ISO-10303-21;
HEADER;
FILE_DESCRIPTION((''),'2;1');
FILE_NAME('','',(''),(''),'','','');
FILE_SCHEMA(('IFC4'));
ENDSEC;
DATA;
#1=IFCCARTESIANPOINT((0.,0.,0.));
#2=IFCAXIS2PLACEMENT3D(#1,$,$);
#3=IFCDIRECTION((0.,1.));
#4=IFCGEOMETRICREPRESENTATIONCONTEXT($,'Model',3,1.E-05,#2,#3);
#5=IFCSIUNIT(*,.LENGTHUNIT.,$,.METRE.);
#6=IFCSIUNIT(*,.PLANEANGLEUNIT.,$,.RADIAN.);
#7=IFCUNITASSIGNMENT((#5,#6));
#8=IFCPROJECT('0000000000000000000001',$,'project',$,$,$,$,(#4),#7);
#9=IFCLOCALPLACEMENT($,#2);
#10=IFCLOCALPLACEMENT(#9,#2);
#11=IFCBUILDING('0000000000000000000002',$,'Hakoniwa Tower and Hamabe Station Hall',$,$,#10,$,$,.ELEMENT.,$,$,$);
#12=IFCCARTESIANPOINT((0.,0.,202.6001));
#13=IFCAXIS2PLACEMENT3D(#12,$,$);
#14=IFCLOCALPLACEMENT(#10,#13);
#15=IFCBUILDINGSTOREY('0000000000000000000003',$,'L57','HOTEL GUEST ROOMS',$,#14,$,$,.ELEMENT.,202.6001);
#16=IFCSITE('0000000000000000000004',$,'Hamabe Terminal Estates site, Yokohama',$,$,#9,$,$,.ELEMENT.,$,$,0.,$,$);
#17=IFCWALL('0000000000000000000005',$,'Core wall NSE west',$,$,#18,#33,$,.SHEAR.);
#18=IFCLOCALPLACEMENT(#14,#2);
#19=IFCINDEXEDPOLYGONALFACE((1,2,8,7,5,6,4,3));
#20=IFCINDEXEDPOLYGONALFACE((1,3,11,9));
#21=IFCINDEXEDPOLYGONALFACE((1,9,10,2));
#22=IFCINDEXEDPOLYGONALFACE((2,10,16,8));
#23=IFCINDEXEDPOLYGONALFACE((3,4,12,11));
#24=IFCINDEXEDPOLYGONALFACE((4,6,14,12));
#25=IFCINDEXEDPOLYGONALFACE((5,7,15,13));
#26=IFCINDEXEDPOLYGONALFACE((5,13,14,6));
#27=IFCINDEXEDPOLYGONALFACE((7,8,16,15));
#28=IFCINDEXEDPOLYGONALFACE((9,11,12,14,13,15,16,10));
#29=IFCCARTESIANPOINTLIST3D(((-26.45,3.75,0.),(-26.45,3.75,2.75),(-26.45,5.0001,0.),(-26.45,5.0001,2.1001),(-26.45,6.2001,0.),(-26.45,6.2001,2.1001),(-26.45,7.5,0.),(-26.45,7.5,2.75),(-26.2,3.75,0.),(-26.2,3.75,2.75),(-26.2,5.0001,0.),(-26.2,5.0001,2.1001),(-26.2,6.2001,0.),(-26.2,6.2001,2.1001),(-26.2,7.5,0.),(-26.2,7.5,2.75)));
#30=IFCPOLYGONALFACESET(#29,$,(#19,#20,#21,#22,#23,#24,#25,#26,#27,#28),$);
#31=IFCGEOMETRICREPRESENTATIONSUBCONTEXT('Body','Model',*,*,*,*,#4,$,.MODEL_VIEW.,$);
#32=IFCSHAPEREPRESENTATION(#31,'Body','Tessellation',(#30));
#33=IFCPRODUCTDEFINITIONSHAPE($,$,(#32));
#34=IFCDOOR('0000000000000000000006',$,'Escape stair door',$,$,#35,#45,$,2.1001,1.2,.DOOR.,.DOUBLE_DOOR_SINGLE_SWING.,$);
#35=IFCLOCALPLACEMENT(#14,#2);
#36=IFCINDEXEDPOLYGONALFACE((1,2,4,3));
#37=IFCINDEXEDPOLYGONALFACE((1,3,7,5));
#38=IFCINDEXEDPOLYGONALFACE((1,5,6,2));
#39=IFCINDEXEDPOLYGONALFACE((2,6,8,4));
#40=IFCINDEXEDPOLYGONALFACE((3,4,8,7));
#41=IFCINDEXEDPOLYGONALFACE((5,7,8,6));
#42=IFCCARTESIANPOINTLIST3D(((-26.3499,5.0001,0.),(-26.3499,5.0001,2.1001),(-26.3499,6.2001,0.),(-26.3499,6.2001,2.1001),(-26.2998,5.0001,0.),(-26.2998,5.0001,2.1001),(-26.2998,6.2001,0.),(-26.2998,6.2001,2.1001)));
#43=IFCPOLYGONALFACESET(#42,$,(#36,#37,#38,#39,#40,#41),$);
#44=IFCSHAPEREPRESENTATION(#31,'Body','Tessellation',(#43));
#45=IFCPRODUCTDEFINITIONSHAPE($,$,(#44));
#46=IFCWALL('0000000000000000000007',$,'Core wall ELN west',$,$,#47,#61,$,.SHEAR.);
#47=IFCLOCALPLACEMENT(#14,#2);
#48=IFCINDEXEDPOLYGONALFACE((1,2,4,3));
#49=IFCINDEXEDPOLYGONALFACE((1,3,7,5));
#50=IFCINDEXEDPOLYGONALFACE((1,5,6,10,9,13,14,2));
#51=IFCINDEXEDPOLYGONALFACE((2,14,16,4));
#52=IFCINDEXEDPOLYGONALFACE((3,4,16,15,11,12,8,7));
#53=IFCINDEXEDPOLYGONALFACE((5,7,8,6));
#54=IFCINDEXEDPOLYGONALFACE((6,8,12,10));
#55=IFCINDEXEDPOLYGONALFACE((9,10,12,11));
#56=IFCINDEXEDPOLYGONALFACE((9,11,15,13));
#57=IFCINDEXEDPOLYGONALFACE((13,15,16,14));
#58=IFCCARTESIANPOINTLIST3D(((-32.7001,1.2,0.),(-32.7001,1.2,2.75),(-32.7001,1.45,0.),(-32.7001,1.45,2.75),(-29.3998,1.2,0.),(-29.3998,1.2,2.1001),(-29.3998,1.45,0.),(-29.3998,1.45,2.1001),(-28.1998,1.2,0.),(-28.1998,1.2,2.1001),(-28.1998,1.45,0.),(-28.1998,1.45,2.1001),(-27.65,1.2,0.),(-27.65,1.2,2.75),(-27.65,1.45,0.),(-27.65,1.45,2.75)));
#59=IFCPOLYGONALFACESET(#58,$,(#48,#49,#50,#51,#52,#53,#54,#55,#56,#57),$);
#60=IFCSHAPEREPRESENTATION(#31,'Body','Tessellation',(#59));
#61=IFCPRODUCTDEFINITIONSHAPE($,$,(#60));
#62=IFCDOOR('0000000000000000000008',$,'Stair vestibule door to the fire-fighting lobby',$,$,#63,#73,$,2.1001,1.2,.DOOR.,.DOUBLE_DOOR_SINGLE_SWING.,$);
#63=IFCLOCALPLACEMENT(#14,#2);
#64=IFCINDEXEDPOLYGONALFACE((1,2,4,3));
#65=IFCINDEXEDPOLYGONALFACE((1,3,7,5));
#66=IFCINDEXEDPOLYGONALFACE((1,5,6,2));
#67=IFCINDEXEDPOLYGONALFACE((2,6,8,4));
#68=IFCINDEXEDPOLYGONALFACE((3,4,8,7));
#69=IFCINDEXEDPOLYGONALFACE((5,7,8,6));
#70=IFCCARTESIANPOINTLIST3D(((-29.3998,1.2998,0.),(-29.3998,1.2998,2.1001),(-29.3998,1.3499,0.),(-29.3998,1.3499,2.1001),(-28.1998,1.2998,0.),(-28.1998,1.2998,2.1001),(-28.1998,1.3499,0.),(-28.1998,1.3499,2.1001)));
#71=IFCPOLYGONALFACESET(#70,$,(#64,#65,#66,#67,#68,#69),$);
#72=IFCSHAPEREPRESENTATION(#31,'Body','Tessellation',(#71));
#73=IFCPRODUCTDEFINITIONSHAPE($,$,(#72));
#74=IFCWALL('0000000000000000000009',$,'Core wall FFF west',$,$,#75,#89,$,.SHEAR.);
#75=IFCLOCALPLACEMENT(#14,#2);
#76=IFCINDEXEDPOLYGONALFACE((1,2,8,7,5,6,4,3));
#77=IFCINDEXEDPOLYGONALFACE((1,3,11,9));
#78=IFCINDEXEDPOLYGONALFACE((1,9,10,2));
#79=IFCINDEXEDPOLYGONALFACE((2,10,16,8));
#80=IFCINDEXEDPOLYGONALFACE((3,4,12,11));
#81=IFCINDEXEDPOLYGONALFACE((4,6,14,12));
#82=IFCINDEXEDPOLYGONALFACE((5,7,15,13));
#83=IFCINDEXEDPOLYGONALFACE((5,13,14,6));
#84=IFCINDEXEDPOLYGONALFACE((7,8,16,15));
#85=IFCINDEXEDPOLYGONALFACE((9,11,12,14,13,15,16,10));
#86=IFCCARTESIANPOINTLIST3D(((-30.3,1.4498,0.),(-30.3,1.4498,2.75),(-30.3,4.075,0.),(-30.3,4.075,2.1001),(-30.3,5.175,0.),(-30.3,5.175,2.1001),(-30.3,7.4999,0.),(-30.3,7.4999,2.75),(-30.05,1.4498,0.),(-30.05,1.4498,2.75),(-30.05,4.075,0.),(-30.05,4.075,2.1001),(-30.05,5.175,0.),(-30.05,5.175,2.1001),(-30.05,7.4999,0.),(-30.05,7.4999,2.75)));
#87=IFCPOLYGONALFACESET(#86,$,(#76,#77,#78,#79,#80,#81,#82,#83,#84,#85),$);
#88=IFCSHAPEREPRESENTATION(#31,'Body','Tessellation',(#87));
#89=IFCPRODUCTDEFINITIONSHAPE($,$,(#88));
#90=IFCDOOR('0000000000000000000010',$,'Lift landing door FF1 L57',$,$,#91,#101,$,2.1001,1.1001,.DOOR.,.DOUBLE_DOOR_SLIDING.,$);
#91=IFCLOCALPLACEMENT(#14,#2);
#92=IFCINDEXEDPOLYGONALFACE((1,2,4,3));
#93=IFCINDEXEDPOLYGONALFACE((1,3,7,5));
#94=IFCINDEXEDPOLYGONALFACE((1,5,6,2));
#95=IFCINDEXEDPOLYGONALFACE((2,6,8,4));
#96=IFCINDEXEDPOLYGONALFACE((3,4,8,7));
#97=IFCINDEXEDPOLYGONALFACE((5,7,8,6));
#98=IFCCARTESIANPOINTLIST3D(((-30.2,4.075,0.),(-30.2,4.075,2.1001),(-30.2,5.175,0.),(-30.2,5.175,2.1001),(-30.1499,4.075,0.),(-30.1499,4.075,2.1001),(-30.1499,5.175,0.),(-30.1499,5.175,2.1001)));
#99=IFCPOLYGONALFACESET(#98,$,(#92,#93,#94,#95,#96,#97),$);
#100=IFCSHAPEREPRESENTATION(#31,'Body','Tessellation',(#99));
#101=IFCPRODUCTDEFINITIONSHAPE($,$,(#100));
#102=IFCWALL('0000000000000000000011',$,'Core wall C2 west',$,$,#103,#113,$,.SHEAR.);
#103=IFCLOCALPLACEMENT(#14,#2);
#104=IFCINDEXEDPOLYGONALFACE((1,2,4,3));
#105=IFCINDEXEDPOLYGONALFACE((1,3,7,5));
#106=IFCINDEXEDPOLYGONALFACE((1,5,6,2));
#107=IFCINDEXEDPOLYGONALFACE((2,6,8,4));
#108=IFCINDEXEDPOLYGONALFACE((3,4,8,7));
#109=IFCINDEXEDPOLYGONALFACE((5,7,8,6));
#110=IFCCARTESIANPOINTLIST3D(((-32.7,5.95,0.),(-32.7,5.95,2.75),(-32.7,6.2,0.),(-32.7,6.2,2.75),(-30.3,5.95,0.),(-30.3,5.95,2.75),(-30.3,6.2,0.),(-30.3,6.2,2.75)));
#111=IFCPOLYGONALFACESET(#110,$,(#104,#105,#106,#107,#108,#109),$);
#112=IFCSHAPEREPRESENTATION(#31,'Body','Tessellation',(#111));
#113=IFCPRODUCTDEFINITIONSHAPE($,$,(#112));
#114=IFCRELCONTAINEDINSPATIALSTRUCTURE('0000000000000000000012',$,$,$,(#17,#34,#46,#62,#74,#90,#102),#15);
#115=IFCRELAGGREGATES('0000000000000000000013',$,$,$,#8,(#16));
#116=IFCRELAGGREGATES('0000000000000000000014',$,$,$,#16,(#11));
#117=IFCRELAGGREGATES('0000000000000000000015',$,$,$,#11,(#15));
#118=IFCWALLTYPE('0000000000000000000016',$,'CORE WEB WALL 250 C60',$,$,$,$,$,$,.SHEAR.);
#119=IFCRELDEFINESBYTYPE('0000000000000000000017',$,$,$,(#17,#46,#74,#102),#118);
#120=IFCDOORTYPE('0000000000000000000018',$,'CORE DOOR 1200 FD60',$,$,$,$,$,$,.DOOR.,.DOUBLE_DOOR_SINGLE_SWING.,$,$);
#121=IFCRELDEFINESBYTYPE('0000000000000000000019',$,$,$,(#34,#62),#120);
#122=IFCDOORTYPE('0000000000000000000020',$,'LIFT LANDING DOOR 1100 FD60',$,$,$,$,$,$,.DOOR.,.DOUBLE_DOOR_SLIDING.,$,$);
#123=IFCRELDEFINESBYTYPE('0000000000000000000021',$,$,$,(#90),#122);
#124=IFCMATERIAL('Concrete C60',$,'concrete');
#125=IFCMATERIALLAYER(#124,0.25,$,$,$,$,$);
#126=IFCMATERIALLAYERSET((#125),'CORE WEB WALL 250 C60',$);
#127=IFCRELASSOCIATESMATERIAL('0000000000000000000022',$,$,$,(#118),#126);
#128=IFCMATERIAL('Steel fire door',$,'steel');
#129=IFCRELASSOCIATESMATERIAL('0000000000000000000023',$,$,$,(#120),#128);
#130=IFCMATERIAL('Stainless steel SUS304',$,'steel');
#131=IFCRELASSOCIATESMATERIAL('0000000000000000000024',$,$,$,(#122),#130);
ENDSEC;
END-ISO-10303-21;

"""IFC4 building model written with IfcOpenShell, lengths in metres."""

from ifc_helpers import new_model, si_unit, direction, frame, frame_2d, origin, place, context, subcontext, project, spatial, rectangle, extrude, material, layer, layer_set, type_object, element, fill, save


model = new_model("IFC4")

# Units and contexts
model_context = context("Model", 3, precision=1e-05, world=origin(), true_north=direction((0.0, 1.0)))
body_context = subcontext(model_context, "Body", "Model", "MODEL_VIEW")
ifc_project = project(units=[si_unit("LENGTHUNIT", "METRE"), si_unit("PLANEANGLEUNIT", "RADIAN")], contexts=[model_context])

# Site, building, storey
site_placement = place(None, origin())
site = spatial("IfcSite", under=ifc_project, at=site_placement, Name="Hamabe Terminal Estates site, Yokohama", CompositionType="ELEMENT", RefElevation=0.0)
building_placement = place(site_placement, origin())
building = spatial("IfcBuilding", under=site, at=building_placement, Name="Hakoniwa Tower and Hamabe Station Hall", CompositionType="ELEMENT")
storey_placement = place(building_placement, frame((0.0, 0.0, 202.6001)))
storey = spatial("IfcBuildingStorey", under=building, at=storey_placement, Name="L57", Description="HOTEL GUEST ROOMS", CompositionType="ELEMENT", Elevation=202.6001)

# Shared definitions
ifc_material_1 = material(Name="Concrete C60", Category="concrete")
ifc_layer_1 = layer(ifc_material_1, 0.25)
ifc_layer_set_1 = layer_set([ifc_layer_1], Name="CORE WEB WALL 250 C60")
wall_type_1 = type_object("IfcWallType", Name="CORE WEB WALL 250 C60", PredefinedType="SHEAR", material=ifc_layer_set_1)

# Walls, openings, doors
wall_1_placement = place(storey_placement, frame((-26.325, 3.75, 0.0), z_axis=(0.0, 0.0, 1.0), x_axis=(0.0, 1.0, 0.0)))
wall_1 = element("IfcWall", 1, at=wall_1_placement, inside=storey, type_object=wall_type_1, Name="Core wall NSE west", PredefinedType="SHEAR", context=body_context, shape_type="SweptSolid", body=[
    extrude(rectangle(XDim=3.75, YDim=0.25, at=frame_2d((1.875, 0.0))), origin(), (0.0, 0.0, 1.0), 2.75),
])
opening_1_placement = place(wall_1_placement, frame((1.25, 0.0, 0.0)))
opening_1 = element("IfcOpeningElement", 2, at=opening_1_placement, cuts=wall_1, PredefinedType="OPENING", context=body_context, shape_type="SweptSolid", body=[
    extrude(rectangle(XDim=1.2, YDim=2.1001, at=frame_2d((0.6001, 1.05))), frame((0.0, 0.135, 0.0), z_axis=(0.0, -1.0, 0.0), x_axis=(1.0, 0.0, 0.0)), (0.0, 0.0, 1.0), 0.27),
])
ifc_material_2 = material(Name="Steel fire door", Category="steel")
door_type_1 = type_object("IfcDoorType", Name="CORE DOOR 1200 FD60", OperationType="DOUBLE_DOOR_SINGLE_SWING", PredefinedType="DOOR", material=ifc_material_2)
door_1_placement = place(opening_1_placement, origin())
door_1 = element("IfcDoor", 3, at=door_1_placement, inside=storey, type_object=door_type_1, Name="Escape stair door", OperationType="DOUBLE_DOOR_SINGLE_SWING", OverallHeight=2.1001, OverallWidth=1.2, PredefinedType="DOOR", context=body_context, shape_type="SweptSolid", body=[
    extrude(rectangle(XDim=1.2, YDim=2.1001, at=frame_2d((0.6001, 1.05))), frame((0.0, 0.0249, 0.0), z_axis=(0.0, -1.0, 0.0), x_axis=(1.0, 0.0, 0.0)), (0.0, 0.0, 1.0), 0.05),
])
fill(opening_1, door_1)
wall_2_placement = place(storey_placement, frame((-32.7, 1.325, 0.0), z_axis=(0.0, 0.0, 1.0), x_axis=(1.0, 0.0, 0.0)))
wall_2 = element("IfcWall", 4, at=wall_2_placement, inside=storey, type_object=wall_type_1, Name="Core wall ELN west", PredefinedType="SHEAR", context=body_context, shape_type="SweptSolid", body=[
    extrude(rectangle(XDim=5.05, YDim=0.25, at=frame_2d((2.5249, 0.0))), origin(), (0.0, 0.0, 1.0), 2.75),
])
opening_2_placement = place(wall_2_placement, frame((3.3, 0.0, 0.0)))
opening_2 = element("IfcOpeningElement", 5, at=opening_2_placement, cuts=wall_2, PredefinedType="OPENING", context=body_context, shape_type="SweptSolid", body=[
    extrude(rectangle(XDim=1.2, YDim=2.1001, at=frame_2d((0.6001, 1.05))), frame((0.0, 0.135, 0.0), z_axis=(0.0, -1.0, 0.0), x_axis=(1.0, 0.0, 0.0)), (0.0, 0.0, 1.0), 0.27),
])
door_2_placement = place(opening_2_placement, origin())
door_2 = element("IfcDoor", 6, at=door_2_placement, inside=storey, type_object=door_type_1, Name="Stair vestibule door to the fire-fighting lobby", OperationType="DOUBLE_DOOR_SINGLE_SWING", OverallHeight=2.1001, OverallWidth=1.2, PredefinedType="DOOR", context=body_context, shape_type="SweptSolid", body=[
    extrude(rectangle(XDim=1.2, YDim=2.1001, at=frame_2d((0.6001, 1.05))), frame((0.0, 0.0249, 0.0), z_axis=(0.0, -1.0, 0.0), x_axis=(1.0, 0.0, 0.0)), (0.0, 0.0, 1.0), 0.05),
])
fill(opening_2, door_2)
wall_3_placement = place(storey_placement, frame((-30.175, 1.45, 0.0), z_axis=(0.0, 0.0, 1.0), x_axis=(0.0, 1.0, 0.0)))
wall_3 = element("IfcWall", 7, at=wall_3_placement, inside=storey, type_object=wall_type_1, Name="Core wall FFF west", PredefinedType="SHEAR", context=body_context, shape_type="SweptSolid", body=[
    extrude(rectangle(XDim=6.05, YDim=0.25, at=frame_2d((3.0249, 0.0))), origin(), (0.0, 0.0, 1.0), 2.75),
])
opening_3_placement = place(wall_3_placement, frame((2.625, 0.0, 0.0)))
opening_3 = element("IfcOpeningElement", 8, at=opening_3_placement, cuts=wall_3, PredefinedType="OPENING", context=body_context, shape_type="SweptSolid", body=[
    extrude(rectangle(XDim=1.1001, YDim=2.1001, at=frame_2d((0.55, 1.05))), frame((0.0, 0.135, 0.0), z_axis=(0.0, -1.0, 0.0), x_axis=(1.0, 0.0, 0.0)), (0.0, 0.0, 1.0), 0.27),
])
ifc_material_3 = material(Name="Stainless steel SUS304", Category="steel")
door_type_2 = type_object("IfcDoorType", Name="LIFT LANDING DOOR 1100 FD60", OperationType="DOUBLE_DOOR_SLIDING", PredefinedType="DOOR", material=ifc_material_3)
door_3_placement = place(opening_3_placement, origin())
door_3 = element("IfcDoor", 9, at=door_3_placement, inside=storey, type_object=door_type_2, Name="Lift landing door FF1 L57", OperationType="DOUBLE_DOOR_SLIDING", OverallHeight=2.1001, OverallWidth=1.1001, PredefinedType="DOOR", context=body_context, shape_type="SweptSolid", body=[
    extrude(rectangle(XDim=1.1001, YDim=2.1001, at=frame_2d((0.55, 1.05))), frame((0.0, 0.0249, 0.0), z_axis=(0.0, -1.0, 0.0), x_axis=(1.0, 0.0, 0.0)), (0.0, 0.0, 1.0), 0.05),
])
fill(opening_3, door_3)

# Wall
wall_4_placement = place(storey_placement, frame((-32.7, 6.075, 0.0), z_axis=(0.0, 0.0, 1.0), x_axis=(1.0, 0.0, 0.0)))
element("IfcWall", 10, at=wall_4_placement, inside=storey, type_object=wall_type_1, Name="Core wall C2 west", PredefinedType="SHEAR", context=body_context, shape_type="SweptSolid", body=[
    extrude(rectangle(XDim=2.3999, YDim=0.25, at=frame_2d((1.2, 0.0))), origin(), (0.0, 0.0, 1.0), 2.75),
])

save(model, "model.ifc")
